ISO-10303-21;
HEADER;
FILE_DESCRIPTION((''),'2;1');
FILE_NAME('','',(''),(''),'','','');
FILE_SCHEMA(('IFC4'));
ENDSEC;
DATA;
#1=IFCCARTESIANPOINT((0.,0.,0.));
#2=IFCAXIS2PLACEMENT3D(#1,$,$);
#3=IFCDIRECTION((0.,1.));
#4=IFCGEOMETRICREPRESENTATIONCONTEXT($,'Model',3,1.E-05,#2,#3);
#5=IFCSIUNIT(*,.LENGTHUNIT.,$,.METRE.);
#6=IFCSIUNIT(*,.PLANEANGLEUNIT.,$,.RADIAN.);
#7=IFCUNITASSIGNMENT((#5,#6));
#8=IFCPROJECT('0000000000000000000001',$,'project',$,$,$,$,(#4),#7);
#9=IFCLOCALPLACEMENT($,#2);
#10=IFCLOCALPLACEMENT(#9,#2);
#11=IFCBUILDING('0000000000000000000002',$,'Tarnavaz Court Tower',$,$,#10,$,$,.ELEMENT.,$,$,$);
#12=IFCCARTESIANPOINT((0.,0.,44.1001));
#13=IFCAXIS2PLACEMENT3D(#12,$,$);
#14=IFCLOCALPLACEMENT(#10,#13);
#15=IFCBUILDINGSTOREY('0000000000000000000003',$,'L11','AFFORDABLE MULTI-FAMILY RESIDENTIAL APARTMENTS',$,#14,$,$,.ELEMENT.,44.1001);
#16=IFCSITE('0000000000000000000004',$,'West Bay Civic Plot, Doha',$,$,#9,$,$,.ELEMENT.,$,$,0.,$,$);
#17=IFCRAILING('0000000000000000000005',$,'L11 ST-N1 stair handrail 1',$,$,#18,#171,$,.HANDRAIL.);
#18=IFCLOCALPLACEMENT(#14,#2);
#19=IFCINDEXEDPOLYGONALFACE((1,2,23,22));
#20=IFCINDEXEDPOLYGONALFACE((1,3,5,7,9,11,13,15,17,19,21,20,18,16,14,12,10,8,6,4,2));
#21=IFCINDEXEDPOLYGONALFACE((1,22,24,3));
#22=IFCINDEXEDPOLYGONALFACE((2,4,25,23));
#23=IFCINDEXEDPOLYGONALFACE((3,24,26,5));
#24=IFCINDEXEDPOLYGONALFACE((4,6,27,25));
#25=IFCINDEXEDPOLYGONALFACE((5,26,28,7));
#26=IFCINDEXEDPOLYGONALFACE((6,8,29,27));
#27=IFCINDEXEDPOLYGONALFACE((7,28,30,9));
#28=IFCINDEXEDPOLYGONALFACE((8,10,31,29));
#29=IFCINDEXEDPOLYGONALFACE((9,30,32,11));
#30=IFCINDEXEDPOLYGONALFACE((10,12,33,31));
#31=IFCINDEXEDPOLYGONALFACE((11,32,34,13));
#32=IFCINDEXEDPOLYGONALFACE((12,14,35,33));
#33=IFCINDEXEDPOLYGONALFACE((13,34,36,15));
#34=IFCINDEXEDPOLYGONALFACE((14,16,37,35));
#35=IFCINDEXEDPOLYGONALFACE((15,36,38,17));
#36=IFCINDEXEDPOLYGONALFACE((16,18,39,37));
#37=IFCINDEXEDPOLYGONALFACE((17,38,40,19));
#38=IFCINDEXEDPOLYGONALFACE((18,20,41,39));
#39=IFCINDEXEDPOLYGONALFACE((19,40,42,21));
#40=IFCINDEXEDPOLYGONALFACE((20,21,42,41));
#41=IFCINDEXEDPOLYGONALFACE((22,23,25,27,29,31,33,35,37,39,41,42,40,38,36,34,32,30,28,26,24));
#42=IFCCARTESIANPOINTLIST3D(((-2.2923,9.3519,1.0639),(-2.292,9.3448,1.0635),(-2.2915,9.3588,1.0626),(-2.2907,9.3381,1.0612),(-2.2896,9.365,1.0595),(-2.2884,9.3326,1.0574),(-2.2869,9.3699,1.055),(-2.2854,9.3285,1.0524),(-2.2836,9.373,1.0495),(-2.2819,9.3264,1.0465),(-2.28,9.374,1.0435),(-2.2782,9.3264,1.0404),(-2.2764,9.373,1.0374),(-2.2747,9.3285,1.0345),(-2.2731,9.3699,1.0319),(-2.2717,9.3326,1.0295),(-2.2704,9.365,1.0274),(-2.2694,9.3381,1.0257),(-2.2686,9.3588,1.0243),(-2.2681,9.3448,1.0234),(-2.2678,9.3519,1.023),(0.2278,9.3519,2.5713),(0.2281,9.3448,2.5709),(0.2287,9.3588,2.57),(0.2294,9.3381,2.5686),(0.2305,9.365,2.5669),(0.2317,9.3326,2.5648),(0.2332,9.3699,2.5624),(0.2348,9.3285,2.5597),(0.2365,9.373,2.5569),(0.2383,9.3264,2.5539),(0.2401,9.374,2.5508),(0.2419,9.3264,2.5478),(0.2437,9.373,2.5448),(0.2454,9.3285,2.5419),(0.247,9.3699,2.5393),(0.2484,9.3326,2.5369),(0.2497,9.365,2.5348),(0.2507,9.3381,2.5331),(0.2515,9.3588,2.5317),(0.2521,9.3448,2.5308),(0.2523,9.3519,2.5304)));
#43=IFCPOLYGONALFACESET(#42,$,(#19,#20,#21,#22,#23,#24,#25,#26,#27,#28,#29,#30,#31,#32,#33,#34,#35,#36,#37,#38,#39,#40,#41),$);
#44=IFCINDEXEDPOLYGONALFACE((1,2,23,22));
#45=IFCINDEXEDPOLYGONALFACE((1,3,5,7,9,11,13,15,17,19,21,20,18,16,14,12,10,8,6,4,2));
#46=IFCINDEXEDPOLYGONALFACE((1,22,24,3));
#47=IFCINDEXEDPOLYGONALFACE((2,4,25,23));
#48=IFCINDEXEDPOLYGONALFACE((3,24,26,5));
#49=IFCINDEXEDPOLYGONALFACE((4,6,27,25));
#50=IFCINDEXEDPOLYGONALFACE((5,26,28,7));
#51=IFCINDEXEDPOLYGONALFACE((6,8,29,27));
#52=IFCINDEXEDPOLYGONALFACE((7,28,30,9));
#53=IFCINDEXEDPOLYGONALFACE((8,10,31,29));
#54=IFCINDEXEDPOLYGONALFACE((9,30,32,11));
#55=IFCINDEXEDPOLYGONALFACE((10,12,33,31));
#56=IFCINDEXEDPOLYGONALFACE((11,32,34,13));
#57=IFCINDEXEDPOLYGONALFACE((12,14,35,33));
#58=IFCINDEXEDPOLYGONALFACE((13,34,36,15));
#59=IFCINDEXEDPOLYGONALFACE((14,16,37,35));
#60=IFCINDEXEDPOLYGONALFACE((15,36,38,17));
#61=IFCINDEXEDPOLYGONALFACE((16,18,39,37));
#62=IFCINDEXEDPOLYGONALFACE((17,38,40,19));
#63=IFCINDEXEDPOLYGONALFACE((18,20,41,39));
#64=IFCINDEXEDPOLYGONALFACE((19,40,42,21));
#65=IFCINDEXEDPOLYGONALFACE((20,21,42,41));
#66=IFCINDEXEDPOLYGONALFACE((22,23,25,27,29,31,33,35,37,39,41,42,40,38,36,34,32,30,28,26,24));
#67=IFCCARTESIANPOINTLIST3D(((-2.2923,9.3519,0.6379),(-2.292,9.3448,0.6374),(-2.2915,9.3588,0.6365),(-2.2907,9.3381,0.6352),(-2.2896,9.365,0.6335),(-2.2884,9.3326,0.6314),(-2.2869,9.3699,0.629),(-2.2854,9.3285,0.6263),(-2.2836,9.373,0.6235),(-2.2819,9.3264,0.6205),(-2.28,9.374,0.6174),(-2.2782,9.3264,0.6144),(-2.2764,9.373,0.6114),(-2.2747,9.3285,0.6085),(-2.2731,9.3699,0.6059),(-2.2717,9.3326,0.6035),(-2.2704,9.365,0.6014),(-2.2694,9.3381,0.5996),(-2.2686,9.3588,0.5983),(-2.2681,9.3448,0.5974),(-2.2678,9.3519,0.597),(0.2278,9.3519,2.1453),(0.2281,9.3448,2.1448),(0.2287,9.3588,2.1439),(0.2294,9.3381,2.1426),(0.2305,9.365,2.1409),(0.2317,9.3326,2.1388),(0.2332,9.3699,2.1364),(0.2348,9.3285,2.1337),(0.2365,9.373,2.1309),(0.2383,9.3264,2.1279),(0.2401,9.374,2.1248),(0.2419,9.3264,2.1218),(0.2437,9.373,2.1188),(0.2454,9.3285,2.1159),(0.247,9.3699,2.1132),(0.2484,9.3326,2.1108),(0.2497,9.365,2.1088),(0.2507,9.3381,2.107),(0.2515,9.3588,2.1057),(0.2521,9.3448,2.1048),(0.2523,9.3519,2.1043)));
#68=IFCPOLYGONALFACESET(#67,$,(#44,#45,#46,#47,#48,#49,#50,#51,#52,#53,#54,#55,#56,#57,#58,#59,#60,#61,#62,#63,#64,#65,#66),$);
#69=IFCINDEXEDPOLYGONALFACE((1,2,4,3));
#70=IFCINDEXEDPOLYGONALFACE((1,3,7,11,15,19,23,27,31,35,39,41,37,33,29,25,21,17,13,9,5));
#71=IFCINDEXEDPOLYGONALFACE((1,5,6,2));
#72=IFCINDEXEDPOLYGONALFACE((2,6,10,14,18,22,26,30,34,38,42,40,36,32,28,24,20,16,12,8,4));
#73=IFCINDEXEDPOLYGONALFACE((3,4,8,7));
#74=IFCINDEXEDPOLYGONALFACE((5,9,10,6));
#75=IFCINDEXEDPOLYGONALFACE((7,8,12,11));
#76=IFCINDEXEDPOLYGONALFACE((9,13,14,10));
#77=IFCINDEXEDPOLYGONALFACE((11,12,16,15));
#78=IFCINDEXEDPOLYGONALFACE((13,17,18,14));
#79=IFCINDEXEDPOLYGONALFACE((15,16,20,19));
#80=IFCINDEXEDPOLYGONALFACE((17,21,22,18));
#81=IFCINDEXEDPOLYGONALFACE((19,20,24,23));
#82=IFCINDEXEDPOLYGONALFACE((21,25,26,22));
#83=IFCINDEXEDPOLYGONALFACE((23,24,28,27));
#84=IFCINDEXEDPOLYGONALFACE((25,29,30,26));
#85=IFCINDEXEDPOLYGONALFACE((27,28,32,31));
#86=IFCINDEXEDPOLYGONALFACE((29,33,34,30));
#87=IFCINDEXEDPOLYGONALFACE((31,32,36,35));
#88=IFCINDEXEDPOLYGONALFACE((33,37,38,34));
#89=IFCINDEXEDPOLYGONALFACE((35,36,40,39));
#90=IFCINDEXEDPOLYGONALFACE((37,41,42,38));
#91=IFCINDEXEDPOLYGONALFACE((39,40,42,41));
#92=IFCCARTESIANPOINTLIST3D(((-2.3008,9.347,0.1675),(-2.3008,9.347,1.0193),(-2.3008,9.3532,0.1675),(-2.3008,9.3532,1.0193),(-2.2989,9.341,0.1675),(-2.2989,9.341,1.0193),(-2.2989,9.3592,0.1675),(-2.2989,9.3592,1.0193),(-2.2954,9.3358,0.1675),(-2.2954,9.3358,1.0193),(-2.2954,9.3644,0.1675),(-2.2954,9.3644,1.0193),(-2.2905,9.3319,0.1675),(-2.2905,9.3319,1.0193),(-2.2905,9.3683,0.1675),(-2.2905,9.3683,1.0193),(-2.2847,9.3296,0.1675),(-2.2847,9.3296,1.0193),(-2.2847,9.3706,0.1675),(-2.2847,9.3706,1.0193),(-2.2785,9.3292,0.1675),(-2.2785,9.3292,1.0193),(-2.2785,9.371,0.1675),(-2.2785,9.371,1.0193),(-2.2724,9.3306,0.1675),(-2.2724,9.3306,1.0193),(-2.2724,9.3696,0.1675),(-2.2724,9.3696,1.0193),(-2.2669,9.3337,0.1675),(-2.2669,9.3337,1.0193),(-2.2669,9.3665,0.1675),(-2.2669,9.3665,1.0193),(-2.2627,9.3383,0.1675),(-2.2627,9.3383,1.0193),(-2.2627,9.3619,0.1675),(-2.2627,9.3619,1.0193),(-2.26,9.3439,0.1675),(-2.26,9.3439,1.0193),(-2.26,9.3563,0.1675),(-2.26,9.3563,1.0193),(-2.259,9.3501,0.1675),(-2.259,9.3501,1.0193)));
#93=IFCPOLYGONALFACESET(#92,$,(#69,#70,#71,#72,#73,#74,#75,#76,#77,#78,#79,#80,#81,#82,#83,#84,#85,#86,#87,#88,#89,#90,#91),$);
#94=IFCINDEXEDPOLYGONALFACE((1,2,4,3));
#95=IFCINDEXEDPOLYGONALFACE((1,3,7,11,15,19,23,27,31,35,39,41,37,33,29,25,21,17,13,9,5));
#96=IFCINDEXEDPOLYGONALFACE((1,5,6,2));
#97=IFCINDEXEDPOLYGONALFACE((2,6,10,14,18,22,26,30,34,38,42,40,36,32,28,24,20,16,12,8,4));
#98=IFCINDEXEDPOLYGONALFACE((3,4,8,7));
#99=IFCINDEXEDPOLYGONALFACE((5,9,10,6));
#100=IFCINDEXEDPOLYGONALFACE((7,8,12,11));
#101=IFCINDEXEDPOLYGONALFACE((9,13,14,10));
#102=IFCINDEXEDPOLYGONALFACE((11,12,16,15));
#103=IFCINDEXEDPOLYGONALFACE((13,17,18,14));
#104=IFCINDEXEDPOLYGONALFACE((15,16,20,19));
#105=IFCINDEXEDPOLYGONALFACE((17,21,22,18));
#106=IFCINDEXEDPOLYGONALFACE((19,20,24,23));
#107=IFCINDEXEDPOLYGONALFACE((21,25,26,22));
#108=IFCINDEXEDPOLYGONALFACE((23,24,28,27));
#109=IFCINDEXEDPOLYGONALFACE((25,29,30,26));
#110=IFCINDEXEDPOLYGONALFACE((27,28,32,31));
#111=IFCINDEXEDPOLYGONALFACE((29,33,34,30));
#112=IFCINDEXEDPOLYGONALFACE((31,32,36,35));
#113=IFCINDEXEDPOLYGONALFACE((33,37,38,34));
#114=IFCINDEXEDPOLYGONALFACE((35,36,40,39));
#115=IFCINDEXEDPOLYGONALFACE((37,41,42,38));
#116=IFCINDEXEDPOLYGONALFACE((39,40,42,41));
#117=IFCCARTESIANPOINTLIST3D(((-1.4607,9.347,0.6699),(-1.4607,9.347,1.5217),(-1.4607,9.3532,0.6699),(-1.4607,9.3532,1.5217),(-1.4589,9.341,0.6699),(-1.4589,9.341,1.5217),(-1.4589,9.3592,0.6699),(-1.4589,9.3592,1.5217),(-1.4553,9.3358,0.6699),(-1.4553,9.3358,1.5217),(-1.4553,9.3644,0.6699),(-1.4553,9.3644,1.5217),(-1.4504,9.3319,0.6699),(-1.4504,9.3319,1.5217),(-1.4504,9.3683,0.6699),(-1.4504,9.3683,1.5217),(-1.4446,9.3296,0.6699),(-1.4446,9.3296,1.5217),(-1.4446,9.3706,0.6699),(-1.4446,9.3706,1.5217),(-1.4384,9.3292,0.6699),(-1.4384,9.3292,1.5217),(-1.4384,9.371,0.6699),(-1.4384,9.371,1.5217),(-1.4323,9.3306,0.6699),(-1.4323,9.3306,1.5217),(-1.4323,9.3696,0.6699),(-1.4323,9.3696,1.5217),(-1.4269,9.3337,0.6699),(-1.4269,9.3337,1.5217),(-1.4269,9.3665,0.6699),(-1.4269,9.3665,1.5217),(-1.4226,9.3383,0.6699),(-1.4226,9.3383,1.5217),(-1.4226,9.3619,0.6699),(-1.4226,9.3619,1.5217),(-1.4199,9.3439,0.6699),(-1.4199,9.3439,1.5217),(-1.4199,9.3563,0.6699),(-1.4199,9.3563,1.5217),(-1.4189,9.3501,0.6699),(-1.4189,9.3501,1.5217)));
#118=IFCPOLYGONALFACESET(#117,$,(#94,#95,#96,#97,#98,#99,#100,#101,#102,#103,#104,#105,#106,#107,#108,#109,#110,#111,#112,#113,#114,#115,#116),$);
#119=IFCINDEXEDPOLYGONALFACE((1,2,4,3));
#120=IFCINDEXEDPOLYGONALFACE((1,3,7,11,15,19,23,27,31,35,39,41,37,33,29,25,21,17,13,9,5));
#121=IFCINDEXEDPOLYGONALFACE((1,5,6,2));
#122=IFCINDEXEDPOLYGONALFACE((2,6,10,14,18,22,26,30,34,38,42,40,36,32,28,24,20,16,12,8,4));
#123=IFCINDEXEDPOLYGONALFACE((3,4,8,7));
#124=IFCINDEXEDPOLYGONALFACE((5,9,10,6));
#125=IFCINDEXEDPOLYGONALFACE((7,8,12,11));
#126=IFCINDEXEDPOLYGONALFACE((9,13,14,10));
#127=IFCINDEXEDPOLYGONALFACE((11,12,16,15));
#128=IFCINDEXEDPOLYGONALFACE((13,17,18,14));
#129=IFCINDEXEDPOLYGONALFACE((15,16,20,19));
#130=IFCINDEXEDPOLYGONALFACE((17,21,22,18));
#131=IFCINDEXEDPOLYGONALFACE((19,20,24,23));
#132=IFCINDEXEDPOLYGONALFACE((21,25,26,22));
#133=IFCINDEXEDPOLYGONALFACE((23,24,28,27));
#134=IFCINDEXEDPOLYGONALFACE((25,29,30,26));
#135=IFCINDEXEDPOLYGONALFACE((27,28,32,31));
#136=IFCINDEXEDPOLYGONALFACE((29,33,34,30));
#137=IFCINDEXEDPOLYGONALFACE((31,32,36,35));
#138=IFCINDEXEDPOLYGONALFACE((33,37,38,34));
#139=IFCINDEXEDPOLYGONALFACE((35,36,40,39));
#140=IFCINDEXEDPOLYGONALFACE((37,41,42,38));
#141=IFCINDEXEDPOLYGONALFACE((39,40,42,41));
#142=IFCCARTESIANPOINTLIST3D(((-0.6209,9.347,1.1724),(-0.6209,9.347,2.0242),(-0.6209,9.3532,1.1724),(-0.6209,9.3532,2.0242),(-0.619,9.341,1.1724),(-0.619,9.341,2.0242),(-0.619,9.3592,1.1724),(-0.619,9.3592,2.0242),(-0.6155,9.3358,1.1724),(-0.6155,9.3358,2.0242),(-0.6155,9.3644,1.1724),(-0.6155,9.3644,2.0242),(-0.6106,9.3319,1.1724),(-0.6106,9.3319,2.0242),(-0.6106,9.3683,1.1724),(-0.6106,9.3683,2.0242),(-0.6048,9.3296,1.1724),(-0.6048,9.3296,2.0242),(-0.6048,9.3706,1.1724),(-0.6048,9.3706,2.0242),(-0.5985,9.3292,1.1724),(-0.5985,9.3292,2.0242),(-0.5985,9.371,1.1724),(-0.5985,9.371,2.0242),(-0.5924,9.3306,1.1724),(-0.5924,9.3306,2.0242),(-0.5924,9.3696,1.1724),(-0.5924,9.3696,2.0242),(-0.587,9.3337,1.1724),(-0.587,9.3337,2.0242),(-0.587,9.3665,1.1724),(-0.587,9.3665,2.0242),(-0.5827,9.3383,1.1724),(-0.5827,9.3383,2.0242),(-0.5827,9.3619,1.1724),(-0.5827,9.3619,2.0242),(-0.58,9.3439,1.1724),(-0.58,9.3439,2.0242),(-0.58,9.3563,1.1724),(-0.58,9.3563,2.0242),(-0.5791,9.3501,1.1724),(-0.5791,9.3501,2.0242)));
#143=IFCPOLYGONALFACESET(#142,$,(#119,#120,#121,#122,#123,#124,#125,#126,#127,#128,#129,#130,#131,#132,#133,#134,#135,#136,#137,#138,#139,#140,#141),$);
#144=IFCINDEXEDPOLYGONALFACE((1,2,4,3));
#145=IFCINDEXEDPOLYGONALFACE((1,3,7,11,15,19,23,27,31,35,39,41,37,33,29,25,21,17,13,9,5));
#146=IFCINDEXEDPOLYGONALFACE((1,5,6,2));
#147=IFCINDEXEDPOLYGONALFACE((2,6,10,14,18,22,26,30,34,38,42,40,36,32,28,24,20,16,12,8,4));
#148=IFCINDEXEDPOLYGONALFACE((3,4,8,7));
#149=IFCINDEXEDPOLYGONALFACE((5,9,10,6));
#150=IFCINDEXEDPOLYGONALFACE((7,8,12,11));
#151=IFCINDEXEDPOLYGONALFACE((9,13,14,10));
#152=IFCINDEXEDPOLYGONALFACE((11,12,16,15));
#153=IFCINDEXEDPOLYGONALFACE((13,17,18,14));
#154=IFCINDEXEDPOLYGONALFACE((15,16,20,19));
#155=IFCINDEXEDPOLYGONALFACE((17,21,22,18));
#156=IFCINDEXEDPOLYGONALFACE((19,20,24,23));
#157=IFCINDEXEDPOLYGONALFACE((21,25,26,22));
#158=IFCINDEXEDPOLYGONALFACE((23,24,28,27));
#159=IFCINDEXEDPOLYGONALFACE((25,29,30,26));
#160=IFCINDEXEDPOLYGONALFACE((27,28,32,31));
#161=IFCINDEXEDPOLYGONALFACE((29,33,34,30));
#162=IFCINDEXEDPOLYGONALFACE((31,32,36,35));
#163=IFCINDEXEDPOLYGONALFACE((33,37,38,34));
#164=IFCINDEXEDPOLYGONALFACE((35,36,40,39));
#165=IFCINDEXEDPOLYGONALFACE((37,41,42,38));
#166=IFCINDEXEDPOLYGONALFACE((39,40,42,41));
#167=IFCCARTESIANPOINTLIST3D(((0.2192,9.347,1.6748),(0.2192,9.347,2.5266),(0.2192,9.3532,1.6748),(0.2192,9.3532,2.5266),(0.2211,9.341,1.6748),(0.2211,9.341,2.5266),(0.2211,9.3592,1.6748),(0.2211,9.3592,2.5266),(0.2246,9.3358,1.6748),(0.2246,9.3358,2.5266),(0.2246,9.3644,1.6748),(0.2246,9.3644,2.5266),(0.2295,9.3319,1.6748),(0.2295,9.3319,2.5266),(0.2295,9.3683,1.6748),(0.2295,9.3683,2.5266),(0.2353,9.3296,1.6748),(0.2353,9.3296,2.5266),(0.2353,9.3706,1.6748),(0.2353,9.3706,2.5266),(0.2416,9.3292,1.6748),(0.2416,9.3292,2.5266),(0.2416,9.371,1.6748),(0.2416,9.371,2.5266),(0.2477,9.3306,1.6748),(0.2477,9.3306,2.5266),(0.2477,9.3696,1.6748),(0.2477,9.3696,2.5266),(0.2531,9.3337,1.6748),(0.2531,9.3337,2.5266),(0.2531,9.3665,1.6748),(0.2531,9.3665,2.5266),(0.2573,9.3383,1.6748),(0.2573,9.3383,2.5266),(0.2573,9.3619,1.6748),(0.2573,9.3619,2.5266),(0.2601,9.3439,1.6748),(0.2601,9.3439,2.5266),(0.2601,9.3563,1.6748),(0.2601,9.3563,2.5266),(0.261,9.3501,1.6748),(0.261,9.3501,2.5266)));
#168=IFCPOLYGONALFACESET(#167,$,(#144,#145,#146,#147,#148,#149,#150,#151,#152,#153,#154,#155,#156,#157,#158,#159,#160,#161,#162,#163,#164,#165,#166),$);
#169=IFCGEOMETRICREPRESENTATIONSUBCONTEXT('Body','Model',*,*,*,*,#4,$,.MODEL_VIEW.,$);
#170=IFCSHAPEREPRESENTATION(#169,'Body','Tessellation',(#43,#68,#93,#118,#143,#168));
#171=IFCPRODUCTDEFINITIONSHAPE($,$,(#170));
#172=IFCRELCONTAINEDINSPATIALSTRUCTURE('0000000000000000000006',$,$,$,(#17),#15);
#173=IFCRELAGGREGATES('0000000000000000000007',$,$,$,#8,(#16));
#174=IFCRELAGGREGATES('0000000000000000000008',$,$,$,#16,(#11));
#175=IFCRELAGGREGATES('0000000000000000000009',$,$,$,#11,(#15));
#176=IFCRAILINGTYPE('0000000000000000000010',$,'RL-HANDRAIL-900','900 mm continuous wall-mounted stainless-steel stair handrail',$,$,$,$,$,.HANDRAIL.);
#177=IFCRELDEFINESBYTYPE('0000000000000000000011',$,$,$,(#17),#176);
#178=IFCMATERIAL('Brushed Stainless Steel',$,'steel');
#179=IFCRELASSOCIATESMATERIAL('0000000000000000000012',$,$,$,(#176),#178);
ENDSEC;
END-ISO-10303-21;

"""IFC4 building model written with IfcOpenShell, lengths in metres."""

from ifc_helpers import new_model, si_unit, direction, frame, origin, origin_2d, place, context, subcontext, project, spatial, circle, extrude, material, type_object, element, save


model = new_model("IFC4")

# Units and contexts
model_context = context("Model", 3, precision=1e-05, world=origin(), true_north=direction((0.0, 1.0)))
body_context = subcontext(model_context, "Body", "Model", "MODEL_VIEW")
ifc_project = project(units=[si_unit("LENGTHUNIT", "METRE"), si_unit("PLANEANGLEUNIT", "RADIAN")], contexts=[model_context])

# Site, building, storey
site_placement = place(None, origin())
site = spatial("IfcSite", under=ifc_project, at=site_placement, Name="West Bay Civic Plot, Doha", CompositionType="ELEMENT", RefElevation=0.0)
building_placement = place(site_placement, origin())
building = spatial("IfcBuilding", under=site, at=building_placement, Name="Tarnavaz Court Tower", CompositionType="ELEMENT")
storey_placement = place(building_placement, frame((0.0, 0.0, 44.1001)))
storey = spatial("IfcBuildingStorey", under=building, at=storey_placement, Name="L11", Description="AFFORDABLE MULTI-FAMILY RESIDENTIAL APARTMENTS", CompositionType="ELEMENT", Elevation=44.1001)

# Railing
ifc_material_1 = material(Name="Brushed Stainless Steel", Category="steel")
railing_type_1 = type_object("IfcRailingType", Name="RL-HANDRAIL-900", Description="900 mm continuous wall-mounted stainless-steel stair handrail", PredefinedType="HANDRAIL", material=ifc_material_1)
railing_1_placement = place(storey_placement, frame((-2.28, 9.3501, 0.1675)))
element("IfcRailing", 1, at=railing_1_placement, inside=storey, type_object=railing_type_1, Name="L11 ST-N1 stair handrail 1", PredefinedType="HANDRAIL", context=body_context, shape_type="SweptSolid", body=[
    extrude(circle(Radius=0.0239, at=origin_2d()), frame((0.0, 0.0, 0.876), z_axis=(0.858196, 0.0, 0.513321), x_axis=(0.0, 1.0, 0.0)), (0.0, 0.0, 1.0), 2.9365),
    extrude(circle(Radius=0.0239, at=origin_2d()), frame((0.0, 0.0, 0.45), z_axis=(0.858196, 0.0, 0.513321), x_axis=(0.0, 1.0, 0.0)), (0.0, 0.0, 1.0), 2.9365),
    extrude(circle(Radius=0.021, at=origin_2d()), origin(), (0.0, 0.0, 1.0), 0.8518),
    extrude(circle(Radius=0.021, at=origin_2d()), frame((0.8401, 0.0, 0.5024)), (0.0, 0.0, 1.0), 0.8518),
    extrude(circle(Radius=0.021, at=origin_2d()), frame((1.6799, 0.0, 1.0049)), (0.0, 0.0, 1.0), 0.8518),
    extrude(circle(Radius=0.021, at=origin_2d()), frame((2.52, 0.0, 1.5073)), (0.0, 0.0, 1.0), 0.8518),
])

save(model, "model.ifc")
